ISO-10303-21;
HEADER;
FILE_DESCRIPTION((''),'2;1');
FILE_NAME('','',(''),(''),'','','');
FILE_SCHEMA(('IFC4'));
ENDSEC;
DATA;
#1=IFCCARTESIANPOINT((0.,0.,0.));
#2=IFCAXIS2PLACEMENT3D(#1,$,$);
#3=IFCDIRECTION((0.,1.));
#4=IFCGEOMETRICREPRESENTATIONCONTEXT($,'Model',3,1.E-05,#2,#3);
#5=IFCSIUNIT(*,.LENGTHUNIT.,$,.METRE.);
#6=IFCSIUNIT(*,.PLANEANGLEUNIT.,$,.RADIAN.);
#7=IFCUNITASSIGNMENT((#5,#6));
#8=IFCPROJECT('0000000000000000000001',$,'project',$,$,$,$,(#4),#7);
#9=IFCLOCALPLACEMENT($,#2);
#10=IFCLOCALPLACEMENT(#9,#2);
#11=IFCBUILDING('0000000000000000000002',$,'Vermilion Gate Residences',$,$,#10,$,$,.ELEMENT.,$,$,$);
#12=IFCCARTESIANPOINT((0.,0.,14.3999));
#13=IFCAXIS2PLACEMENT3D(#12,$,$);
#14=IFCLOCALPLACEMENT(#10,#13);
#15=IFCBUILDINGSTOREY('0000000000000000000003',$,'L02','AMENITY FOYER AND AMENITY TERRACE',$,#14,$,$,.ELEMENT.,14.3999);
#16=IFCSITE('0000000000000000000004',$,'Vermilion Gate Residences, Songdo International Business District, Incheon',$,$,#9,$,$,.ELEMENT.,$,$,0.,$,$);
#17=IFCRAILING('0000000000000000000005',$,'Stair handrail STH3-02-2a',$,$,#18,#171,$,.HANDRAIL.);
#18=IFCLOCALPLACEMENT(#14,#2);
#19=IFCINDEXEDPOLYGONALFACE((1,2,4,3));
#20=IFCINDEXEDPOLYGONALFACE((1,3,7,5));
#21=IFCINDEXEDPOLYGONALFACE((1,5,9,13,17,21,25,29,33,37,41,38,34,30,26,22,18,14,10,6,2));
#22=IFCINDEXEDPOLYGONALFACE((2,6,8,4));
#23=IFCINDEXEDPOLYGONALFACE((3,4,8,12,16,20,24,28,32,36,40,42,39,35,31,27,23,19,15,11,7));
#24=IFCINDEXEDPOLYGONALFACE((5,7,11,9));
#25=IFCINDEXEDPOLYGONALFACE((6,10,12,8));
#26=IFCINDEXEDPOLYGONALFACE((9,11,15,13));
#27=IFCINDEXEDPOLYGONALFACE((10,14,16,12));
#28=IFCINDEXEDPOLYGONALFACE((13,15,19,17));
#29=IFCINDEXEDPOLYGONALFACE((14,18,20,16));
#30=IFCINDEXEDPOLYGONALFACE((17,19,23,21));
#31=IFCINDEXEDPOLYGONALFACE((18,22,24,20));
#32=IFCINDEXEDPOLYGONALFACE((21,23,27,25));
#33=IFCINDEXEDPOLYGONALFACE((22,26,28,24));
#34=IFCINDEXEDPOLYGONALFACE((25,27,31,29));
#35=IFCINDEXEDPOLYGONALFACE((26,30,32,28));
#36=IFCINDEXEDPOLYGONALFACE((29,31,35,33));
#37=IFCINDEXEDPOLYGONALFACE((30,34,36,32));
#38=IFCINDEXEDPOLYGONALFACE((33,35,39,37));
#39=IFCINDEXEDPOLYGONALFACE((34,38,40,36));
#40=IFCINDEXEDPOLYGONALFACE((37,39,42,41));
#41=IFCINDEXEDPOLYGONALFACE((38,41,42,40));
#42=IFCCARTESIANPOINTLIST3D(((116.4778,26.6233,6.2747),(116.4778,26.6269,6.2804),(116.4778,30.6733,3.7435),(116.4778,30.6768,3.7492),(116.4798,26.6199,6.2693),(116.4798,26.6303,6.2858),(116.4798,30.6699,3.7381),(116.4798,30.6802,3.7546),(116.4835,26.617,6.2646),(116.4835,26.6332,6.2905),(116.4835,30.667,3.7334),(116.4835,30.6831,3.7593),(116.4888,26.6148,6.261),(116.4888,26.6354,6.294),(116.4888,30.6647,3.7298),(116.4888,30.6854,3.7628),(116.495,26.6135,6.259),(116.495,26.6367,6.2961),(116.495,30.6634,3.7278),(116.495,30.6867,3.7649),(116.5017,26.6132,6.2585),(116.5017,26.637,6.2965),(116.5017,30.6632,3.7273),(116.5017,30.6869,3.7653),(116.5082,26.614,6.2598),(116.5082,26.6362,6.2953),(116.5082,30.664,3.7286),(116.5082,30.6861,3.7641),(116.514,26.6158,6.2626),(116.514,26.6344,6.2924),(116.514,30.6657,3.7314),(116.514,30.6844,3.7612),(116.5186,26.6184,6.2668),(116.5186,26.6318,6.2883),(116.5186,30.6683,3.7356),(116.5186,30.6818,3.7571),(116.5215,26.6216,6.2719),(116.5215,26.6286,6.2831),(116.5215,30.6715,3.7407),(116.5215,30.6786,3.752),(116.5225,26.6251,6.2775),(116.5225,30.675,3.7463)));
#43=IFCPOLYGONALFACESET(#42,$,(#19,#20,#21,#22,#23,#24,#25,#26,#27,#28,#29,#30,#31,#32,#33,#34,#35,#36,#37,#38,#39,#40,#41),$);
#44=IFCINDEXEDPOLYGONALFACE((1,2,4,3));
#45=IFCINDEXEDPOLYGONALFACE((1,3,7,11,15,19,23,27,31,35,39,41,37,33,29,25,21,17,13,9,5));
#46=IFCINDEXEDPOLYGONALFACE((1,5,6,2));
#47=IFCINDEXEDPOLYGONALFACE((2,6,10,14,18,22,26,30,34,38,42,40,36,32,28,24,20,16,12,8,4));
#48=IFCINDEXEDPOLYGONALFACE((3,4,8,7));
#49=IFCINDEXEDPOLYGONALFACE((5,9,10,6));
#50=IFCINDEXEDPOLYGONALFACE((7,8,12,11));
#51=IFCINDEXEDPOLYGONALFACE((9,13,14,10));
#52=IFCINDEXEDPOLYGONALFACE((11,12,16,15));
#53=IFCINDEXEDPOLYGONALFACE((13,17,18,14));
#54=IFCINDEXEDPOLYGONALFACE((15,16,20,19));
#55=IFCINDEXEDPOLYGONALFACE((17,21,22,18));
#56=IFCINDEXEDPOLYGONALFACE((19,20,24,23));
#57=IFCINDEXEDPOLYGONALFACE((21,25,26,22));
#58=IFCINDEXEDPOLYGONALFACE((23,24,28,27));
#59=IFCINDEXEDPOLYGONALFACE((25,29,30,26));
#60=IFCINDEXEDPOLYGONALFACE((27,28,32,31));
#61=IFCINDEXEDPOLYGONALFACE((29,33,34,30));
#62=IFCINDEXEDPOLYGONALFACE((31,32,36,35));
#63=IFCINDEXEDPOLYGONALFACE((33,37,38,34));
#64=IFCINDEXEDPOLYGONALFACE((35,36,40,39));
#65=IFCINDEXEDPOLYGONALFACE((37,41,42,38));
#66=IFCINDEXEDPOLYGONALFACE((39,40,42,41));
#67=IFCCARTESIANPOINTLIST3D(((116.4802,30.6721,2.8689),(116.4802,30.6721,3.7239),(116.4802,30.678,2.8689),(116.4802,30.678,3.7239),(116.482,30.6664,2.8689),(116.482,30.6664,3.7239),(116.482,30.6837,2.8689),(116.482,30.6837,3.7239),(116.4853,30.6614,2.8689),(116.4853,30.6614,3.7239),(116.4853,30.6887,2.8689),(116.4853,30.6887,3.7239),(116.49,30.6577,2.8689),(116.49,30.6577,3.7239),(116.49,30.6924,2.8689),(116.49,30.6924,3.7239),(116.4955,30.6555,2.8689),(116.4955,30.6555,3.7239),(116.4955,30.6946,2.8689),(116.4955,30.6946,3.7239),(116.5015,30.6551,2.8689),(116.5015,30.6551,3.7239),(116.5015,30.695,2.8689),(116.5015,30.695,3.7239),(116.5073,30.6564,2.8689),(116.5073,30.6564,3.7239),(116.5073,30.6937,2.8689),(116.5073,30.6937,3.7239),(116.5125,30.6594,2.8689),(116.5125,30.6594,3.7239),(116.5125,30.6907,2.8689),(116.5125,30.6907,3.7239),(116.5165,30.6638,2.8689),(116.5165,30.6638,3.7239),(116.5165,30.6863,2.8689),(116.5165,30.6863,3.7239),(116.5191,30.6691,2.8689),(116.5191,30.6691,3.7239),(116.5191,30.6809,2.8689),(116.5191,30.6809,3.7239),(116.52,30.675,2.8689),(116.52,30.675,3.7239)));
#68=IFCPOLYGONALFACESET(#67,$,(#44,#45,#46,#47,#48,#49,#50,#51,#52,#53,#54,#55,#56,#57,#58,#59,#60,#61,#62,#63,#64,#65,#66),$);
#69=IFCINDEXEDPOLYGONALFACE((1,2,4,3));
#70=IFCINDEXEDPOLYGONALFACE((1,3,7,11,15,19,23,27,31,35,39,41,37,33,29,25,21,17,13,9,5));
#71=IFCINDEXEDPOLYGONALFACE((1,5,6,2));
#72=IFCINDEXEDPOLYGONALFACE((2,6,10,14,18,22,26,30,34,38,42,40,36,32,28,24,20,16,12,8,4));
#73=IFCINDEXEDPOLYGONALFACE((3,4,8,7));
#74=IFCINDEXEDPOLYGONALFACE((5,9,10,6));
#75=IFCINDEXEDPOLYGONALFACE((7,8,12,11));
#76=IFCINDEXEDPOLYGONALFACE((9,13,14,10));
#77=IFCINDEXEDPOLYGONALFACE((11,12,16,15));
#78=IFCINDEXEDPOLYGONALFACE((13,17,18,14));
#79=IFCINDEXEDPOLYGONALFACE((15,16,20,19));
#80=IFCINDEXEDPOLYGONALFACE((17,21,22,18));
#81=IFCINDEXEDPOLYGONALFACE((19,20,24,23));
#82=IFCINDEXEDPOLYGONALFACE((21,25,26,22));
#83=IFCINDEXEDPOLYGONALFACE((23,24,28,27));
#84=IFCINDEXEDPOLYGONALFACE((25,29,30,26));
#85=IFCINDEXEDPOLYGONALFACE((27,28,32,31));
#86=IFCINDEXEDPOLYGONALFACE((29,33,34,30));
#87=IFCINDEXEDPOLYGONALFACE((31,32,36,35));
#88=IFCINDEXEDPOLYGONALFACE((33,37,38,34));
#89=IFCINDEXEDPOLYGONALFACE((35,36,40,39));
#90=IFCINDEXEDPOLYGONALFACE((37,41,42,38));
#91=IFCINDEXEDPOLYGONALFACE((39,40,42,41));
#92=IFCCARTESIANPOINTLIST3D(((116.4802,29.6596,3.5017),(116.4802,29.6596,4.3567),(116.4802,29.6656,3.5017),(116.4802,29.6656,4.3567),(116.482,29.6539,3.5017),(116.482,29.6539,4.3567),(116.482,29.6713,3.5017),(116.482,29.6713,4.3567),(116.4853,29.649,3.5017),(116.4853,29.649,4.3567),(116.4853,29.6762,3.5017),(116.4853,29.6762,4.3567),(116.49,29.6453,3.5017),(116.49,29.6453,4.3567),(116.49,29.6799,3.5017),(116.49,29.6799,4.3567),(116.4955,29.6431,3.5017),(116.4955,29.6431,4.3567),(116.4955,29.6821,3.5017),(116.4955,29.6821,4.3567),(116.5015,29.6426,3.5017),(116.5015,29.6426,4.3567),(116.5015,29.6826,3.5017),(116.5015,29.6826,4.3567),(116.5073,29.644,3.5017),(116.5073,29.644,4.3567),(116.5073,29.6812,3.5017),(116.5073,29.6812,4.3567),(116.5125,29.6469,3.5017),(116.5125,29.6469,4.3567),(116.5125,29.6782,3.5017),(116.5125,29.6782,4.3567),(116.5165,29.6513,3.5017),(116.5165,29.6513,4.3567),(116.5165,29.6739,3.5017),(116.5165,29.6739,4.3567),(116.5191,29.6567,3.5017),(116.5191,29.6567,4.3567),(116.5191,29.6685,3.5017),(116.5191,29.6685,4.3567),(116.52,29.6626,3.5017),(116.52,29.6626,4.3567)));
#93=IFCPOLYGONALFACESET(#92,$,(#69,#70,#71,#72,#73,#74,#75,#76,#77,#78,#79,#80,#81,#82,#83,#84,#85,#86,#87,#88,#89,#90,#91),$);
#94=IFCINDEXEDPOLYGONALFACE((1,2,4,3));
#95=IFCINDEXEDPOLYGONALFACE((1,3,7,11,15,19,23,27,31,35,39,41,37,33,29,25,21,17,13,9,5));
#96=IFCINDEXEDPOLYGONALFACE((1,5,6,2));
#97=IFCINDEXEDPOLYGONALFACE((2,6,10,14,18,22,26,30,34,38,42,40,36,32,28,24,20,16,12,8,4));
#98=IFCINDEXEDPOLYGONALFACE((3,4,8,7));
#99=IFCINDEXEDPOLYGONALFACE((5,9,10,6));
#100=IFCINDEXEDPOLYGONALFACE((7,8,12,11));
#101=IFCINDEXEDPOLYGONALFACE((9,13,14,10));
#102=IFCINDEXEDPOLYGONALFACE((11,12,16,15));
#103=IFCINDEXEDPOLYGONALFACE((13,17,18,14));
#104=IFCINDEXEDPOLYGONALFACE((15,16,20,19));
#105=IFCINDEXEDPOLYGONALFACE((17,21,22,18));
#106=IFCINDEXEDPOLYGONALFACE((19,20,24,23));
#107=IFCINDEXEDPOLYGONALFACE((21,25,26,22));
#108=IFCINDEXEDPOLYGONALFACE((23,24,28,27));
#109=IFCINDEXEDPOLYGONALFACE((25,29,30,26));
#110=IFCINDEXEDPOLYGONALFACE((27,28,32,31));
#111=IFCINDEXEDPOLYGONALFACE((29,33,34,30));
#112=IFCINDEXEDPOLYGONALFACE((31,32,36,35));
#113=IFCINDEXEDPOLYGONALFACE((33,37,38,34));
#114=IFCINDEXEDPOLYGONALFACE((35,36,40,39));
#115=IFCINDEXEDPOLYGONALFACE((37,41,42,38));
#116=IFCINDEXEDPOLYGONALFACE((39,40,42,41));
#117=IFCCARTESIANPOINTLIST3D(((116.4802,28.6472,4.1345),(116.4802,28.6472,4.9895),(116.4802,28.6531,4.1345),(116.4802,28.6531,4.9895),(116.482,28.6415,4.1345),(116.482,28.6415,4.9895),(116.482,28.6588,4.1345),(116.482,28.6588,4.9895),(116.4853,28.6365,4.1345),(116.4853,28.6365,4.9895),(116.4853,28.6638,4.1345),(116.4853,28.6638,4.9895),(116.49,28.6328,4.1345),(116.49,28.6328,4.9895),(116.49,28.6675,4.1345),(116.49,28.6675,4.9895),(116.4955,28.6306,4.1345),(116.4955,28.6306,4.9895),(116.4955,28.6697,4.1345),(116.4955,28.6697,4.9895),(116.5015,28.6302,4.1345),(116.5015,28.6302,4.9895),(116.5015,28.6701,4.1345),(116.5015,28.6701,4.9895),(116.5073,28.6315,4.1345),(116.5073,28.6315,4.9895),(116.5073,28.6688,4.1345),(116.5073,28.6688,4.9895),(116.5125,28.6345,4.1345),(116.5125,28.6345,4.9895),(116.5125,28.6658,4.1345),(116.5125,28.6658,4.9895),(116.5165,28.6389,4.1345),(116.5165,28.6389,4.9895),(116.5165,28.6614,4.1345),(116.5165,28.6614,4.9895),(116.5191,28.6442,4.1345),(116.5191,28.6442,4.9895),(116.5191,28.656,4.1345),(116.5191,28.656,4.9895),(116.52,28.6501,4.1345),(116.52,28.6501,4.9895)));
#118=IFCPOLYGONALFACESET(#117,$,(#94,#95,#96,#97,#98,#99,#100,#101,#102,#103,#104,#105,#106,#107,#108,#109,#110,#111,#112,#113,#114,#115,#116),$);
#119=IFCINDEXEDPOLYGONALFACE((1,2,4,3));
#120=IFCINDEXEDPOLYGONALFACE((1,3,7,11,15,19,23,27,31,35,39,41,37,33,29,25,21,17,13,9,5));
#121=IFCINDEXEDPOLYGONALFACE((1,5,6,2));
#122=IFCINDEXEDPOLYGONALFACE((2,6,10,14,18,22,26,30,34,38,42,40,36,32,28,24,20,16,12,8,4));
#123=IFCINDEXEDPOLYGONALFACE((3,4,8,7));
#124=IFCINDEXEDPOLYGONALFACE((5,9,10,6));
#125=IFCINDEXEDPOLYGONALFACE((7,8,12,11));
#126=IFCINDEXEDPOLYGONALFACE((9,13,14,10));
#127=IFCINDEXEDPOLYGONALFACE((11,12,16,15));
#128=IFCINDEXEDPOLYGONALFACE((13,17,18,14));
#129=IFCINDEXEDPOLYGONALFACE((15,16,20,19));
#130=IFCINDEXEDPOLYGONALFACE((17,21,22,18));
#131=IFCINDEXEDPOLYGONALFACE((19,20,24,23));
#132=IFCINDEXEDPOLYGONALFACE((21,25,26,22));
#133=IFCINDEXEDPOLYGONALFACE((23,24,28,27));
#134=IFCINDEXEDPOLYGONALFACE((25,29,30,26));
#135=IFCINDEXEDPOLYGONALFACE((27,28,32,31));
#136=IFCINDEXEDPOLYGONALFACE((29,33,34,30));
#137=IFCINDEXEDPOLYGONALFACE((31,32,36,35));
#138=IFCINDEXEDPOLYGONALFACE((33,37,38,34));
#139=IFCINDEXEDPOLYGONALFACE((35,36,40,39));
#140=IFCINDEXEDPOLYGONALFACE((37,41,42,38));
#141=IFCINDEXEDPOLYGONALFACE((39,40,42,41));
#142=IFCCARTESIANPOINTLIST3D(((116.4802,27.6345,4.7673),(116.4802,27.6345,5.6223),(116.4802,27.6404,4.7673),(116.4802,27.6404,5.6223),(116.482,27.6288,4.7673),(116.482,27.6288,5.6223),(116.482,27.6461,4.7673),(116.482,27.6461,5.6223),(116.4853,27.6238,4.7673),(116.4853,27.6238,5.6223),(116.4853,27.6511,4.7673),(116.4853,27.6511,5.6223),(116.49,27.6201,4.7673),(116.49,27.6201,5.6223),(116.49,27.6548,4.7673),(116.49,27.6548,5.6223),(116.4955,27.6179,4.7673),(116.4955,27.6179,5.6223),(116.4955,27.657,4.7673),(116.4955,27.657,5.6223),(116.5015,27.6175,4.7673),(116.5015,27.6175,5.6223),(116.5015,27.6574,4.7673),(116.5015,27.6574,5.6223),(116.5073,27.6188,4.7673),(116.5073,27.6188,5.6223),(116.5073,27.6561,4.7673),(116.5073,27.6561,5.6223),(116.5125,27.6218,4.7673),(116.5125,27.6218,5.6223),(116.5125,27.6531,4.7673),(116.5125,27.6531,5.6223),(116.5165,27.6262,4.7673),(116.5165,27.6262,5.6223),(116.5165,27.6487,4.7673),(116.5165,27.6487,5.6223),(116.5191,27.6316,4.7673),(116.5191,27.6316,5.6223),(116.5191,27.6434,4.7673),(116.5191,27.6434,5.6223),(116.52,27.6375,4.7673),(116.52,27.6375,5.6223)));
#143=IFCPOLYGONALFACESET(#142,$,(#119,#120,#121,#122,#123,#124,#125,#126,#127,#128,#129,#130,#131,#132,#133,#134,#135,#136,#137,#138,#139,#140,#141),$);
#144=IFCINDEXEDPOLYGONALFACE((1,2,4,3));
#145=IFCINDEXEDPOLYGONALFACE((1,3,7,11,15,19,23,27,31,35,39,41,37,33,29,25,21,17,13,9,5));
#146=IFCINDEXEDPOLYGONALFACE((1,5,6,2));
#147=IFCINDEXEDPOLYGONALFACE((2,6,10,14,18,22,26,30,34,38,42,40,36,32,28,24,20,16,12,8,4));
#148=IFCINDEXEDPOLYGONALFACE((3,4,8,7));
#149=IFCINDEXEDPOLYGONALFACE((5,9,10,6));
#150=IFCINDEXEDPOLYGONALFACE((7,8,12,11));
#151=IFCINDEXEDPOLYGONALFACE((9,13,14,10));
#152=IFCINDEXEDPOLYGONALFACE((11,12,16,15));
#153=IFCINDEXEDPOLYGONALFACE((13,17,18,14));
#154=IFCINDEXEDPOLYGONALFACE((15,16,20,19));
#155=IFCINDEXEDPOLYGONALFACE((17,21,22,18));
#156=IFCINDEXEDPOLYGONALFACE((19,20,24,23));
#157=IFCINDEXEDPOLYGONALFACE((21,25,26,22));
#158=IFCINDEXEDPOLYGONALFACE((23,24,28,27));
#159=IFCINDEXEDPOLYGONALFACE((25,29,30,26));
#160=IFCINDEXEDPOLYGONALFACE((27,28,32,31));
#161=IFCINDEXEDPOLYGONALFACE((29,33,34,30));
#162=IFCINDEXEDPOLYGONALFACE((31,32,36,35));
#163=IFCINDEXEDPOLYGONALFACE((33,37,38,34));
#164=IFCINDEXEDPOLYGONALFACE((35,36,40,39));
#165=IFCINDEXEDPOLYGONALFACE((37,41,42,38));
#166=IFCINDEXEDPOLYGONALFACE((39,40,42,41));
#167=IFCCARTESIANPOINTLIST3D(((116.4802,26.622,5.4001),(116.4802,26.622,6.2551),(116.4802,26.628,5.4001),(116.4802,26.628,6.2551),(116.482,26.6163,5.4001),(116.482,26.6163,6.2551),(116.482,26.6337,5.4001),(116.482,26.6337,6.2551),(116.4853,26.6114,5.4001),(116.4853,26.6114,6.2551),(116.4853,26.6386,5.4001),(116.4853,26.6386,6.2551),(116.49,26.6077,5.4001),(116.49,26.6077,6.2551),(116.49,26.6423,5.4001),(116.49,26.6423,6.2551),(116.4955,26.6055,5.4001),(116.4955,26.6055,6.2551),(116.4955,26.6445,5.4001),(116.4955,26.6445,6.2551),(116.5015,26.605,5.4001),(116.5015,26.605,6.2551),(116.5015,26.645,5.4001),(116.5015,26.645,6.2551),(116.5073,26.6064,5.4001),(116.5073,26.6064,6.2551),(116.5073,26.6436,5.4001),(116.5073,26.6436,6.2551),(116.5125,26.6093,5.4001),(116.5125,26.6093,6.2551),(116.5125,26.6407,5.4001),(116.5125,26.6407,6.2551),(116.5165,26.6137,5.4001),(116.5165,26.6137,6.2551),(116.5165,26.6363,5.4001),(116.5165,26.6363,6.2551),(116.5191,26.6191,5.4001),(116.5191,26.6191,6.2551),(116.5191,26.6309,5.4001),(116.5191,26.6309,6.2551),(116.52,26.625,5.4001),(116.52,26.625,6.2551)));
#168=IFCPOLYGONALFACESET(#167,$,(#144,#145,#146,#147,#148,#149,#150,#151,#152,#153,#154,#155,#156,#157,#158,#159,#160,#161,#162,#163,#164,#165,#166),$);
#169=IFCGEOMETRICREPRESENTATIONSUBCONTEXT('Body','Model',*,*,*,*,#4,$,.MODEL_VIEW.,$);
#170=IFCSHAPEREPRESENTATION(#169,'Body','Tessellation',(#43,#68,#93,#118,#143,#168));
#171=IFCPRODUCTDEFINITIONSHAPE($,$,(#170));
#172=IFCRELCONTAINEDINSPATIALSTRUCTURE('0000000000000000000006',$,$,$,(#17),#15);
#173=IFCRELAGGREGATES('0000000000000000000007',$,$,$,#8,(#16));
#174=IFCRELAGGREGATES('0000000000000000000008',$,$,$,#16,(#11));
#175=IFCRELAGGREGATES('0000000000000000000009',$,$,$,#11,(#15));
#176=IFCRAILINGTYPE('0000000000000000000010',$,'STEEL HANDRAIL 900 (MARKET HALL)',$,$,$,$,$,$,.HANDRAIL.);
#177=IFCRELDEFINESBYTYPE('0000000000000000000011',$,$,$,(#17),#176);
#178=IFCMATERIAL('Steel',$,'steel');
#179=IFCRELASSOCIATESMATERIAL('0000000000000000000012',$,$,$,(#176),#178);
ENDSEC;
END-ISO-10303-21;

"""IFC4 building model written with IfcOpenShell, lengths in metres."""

from ifc_helpers import new_model, si_unit, direction, frame, origin, origin_2d, place, context, subcontext, project, spatial, circle, extrude, material, type_object, element, save


model = new_model("IFC4")

# Units and contexts
model_context = context("Model", 3, precision=1e-05, world=origin(), true_north=direction((0.0, 1.0)))
body_context = subcontext(model_context, "Body", "Model", "MODEL_VIEW")
ifc_project = project(units=[si_unit("LENGTHUNIT", "METRE"), si_unit("PLANEANGLEUNIT", "RADIAN")], contexts=[model_context])

# Site, building, storey
site_placement = place(None, origin())
site = spatial("IfcSite", under=ifc_project, at=site_placement, Name="Vermilion Gate Residences, Songdo International Business District, Incheon", CompositionType="ELEMENT", RefElevation=0.0)
building_placement = place(site_placement, origin())
building = spatial("IfcBuilding", under=site, at=building_placement, Name="Vermilion Gate Residences", CompositionType="ELEMENT")
storey_placement = place(building_placement, frame((0.0, 0.0, 14.3999)))
storey = spatial("IfcBuildingStorey", under=building, at=storey_placement, Name="L02", Description="AMENITY FOYER AND AMENITY TERRACE", CompositionType="ELEMENT", Elevation=14.3999)

# Railing
ifc_material_1 = material(Name="Steel", Category="steel")
railing_type_1 = type_object("IfcRailingType", Name="STEEL HANDRAIL 900 (MARKET HALL)", PredefinedType="HANDRAIL", material=ifc_material_1)
for number, where, name in (
    (1, (116.5, 30.675, 2.8689), "Stair handrail STH3-02-2a"),
):
    element("IfcRailing", number, at=place(storey_placement, frame(where)), inside=storey, type_object=railing_type_1, Name=name, PredefinedType="HANDRAIL", context=body_context, shape_type="SweptSolid", body=[
        extrude(circle(Radius=0.0225, at=origin_2d()), frame((0.0, 0.0, 0.8774), z_axis=(0.0, -0.848001, 0.529994), x_axis=(1.0, 0.0, 0.0)), (0.0, 0.0, 1.0), 4.7759),
        extrude(circle(Radius=0.02, at=origin_2d()), origin(), (0.0, 0.0, 1.0), 0.855),
        extrude(circle(Radius=0.02, at=origin_2d()), frame((0.0, -1.0125, 0.6328)), (0.0, 0.0, 1.0), 0.855),
        extrude(circle(Radius=0.02, at=origin_2d()), frame((0.0, -2.0249, 1.2656)), (0.0, 0.0, 1.0), 0.855),
        extrude(circle(Radius=0.02, at=origin_2d()), frame((0.0, -3.0376, 1.8984)), (0.0, 0.0, 1.0), 0.855),
        extrude(circle(Radius=0.02, at=origin_2d()), frame((0.0, -4.05, 2.5312)), (0.0, 0.0, 1.0), 0.855),
    ])

save(model, "model.ifc")
